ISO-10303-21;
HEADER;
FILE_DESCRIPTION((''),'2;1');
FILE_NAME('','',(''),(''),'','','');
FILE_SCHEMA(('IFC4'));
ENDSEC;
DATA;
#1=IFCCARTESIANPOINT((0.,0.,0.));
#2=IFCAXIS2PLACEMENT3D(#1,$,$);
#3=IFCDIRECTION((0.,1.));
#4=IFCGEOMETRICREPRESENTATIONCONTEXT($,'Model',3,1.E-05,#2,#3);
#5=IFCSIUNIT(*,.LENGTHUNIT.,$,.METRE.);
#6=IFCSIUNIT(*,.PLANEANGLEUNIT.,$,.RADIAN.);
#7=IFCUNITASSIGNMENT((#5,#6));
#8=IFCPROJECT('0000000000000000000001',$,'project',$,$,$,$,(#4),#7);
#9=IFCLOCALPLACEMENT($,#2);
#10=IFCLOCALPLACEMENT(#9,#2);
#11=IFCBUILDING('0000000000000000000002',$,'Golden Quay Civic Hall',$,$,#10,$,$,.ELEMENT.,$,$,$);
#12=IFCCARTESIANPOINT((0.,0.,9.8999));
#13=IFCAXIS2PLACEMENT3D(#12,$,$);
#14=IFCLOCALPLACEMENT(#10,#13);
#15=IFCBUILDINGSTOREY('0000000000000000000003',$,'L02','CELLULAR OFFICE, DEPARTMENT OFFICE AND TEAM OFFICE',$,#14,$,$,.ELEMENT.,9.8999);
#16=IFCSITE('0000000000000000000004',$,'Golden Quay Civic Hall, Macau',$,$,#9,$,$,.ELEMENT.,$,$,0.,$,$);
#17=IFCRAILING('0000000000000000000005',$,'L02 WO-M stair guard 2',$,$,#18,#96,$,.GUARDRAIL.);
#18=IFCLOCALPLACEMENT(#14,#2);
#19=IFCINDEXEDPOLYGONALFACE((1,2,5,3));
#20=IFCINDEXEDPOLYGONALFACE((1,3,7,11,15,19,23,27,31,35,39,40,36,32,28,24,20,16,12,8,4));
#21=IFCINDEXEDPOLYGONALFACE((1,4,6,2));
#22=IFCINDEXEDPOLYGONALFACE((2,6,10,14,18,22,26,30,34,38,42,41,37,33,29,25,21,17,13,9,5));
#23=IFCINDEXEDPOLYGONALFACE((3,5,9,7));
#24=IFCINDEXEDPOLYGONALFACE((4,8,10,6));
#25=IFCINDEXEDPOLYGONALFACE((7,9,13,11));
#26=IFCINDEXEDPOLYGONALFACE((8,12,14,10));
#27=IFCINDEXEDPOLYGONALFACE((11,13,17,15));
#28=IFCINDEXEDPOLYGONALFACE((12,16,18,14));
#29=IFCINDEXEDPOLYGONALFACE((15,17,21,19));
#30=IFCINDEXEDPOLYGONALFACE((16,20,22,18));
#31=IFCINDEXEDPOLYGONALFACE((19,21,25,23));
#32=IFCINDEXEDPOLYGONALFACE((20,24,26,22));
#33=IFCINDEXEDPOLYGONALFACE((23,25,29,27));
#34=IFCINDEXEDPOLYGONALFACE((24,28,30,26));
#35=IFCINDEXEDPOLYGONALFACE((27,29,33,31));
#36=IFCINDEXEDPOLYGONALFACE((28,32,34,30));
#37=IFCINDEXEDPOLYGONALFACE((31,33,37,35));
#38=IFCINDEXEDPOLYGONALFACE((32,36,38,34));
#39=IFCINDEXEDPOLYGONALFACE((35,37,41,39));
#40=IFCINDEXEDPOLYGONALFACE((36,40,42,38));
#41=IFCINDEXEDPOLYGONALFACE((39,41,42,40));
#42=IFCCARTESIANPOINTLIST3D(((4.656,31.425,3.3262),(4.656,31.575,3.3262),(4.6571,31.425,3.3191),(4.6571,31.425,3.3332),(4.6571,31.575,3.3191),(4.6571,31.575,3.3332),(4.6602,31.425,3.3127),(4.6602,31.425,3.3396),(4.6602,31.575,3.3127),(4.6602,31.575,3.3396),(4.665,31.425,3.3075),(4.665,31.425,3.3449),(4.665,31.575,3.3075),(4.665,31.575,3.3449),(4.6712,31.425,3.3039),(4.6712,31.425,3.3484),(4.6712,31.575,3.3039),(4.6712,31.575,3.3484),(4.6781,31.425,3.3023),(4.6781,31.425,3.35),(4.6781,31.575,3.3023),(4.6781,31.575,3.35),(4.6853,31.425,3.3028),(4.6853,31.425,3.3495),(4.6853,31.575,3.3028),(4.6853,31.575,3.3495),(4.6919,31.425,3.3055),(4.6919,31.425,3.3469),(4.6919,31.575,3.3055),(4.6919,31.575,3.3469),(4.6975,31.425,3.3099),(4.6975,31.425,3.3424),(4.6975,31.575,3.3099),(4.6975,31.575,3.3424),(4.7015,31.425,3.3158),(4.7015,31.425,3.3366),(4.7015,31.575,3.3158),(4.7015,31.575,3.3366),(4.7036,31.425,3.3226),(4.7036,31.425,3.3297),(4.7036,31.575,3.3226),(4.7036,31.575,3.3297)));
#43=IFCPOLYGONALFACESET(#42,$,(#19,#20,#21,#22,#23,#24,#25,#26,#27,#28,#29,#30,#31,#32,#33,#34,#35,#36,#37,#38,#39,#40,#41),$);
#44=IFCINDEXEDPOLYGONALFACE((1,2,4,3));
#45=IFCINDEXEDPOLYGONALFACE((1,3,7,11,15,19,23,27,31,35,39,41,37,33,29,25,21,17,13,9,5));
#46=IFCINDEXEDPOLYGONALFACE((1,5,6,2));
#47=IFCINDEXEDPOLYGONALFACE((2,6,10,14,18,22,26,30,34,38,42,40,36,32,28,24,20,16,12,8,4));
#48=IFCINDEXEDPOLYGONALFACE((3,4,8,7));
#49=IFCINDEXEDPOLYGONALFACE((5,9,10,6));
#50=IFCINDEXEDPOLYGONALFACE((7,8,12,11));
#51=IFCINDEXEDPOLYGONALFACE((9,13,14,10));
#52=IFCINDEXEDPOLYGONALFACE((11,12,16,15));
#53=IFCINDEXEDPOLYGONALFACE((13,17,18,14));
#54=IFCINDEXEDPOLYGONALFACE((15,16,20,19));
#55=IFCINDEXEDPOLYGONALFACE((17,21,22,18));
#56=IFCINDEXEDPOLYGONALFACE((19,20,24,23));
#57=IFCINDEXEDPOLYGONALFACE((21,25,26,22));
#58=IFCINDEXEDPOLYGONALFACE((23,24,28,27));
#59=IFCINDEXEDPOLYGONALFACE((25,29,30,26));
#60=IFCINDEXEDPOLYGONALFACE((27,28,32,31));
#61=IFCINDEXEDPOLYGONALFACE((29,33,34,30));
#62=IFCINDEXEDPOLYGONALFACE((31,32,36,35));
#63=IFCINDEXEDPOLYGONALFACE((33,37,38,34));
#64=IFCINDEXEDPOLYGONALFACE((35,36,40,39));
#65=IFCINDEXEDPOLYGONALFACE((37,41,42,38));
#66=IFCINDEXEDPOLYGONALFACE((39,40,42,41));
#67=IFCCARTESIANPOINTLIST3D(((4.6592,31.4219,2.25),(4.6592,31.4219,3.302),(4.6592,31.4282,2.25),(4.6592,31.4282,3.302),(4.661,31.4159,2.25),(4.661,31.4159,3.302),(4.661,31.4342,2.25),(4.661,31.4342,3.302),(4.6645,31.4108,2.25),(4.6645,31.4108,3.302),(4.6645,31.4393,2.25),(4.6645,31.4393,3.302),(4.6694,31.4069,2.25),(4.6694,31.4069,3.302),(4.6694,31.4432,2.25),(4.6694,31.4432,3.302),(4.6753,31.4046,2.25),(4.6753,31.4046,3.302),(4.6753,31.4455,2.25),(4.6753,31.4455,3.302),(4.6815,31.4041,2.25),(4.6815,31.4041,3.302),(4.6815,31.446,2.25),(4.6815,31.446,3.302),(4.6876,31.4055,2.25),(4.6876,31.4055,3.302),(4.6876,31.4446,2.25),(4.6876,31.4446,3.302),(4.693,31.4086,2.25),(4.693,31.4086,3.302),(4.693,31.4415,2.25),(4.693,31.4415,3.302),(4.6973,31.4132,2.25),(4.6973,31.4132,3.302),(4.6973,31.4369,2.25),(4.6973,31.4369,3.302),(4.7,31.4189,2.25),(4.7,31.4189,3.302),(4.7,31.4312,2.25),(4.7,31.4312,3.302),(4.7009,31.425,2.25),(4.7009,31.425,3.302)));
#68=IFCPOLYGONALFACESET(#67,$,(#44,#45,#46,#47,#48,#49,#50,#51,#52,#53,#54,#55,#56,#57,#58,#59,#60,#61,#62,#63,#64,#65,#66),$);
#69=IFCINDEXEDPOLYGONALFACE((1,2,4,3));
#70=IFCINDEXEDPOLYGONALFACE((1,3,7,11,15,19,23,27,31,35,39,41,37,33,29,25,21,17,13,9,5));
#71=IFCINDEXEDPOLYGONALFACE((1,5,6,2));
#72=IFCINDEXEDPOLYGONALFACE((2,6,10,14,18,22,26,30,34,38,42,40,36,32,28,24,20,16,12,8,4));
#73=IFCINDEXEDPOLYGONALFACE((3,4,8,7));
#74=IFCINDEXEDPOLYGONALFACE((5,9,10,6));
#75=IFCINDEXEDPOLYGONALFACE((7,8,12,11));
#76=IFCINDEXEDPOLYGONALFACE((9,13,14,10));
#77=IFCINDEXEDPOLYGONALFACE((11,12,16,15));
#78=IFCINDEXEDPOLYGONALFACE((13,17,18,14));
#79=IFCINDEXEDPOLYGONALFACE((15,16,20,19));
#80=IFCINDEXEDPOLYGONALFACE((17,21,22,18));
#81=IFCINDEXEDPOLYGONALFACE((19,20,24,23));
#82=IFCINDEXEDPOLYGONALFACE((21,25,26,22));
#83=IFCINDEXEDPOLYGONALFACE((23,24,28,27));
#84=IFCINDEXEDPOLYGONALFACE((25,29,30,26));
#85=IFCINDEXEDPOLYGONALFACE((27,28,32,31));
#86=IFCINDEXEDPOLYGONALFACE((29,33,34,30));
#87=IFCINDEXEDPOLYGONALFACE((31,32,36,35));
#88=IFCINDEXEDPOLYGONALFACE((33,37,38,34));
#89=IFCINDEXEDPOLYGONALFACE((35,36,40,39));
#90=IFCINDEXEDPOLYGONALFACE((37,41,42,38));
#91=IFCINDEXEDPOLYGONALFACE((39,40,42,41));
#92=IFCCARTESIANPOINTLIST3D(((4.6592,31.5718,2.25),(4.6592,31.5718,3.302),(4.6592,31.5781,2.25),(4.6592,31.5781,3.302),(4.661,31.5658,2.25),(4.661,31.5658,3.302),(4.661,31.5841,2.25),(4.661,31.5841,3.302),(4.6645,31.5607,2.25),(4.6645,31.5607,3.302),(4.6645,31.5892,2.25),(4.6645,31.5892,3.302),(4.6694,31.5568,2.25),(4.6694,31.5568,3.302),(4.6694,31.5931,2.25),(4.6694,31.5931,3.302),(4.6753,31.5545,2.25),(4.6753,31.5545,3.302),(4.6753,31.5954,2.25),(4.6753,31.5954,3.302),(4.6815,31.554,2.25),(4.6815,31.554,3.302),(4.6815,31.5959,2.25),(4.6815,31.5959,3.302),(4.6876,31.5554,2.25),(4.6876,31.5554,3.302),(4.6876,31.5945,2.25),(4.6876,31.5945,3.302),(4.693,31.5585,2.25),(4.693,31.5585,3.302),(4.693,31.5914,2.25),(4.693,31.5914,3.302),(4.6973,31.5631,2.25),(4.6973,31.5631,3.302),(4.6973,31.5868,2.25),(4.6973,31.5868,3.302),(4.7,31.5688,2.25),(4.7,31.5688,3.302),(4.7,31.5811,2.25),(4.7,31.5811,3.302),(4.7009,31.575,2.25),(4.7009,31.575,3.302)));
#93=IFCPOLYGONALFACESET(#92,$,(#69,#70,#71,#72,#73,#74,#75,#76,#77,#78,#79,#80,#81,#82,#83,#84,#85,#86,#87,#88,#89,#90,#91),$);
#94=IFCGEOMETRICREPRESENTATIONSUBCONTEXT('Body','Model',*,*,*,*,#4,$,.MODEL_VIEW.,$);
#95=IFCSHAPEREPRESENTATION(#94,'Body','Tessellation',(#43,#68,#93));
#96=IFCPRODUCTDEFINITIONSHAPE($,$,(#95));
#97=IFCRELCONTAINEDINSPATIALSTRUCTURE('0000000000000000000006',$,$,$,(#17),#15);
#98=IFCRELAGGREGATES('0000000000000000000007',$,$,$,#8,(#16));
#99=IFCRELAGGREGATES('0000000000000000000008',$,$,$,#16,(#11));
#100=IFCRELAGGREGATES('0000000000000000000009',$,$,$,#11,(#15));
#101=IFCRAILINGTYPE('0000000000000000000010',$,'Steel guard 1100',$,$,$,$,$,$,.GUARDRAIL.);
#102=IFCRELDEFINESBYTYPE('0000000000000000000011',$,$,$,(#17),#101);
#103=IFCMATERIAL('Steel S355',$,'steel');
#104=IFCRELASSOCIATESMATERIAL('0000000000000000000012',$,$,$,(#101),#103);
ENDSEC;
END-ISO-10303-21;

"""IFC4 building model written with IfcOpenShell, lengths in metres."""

from ifc_helpers import new_model, si_unit, direction, frame, origin, origin_2d, place, context, subcontext, project, spatial, circle, extrude, material, type_object, element, save


model = new_model("IFC4")

# Units and contexts
model_context = context("Model", 3, precision=1e-05, world=origin(), true_north=direction((0.0, 1.0)))
body_context = subcontext(model_context, "Body", "Model", "MODEL_VIEW")
ifc_project = project(units=[si_unit("LENGTHUNIT", "METRE"), si_unit("PLANEANGLEUNIT", "RADIAN")], contexts=[model_context])

# Site, building, storey
site_placement = place(None, origin())
site = spatial("IfcSite", under=ifc_project, at=site_placement, Name="Golden Quay Civic Hall, Macau", CompositionType="ELEMENT", RefElevation=0.0)
building_placement = place(site_placement, origin())
building = spatial("IfcBuilding", under=site, at=building_placement, Name="Golden Quay Civic Hall", CompositionType="ELEMENT")
storey_placement = place(building_placement, frame((0.0, 0.0, 9.8999)))
storey = spatial("IfcBuildingStorey", under=building, at=storey_placement, Name="L02", Description="CELLULAR OFFICE, DEPARTMENT OFFICE AND TEAM OFFICE", CompositionType="ELEMENT", Elevation=9.8999)

# Railing
ifc_material_1 = material(Name="Steel S355", Category="steel")
railing_type_1 = type_object("IfcRailingType", Name="Steel guard 1100", PredefinedType="GUARDRAIL", material=ifc_material_1)
railing_1_placement = place(storey_placement, frame((4.6799, 31.425, 2.25)))
element("IfcRailing", 1, at=railing_1_placement, inside=storey, type_object=railing_type_1, Name="L02 WO-M stair guard 2", PredefinedType="GUARDRAIL", context=body_context, shape_type="SweptSolid", body=[
    extrude(circle(Radius=0.0239, at=origin_2d()), frame((0.0, 0.0, 1.0762), z_axis=(0.0, 1.0, 0.0), x_axis=(-1.0, 0.0, 0.0)), (0.0, 0.0, 1.0), 0.1499),
    extrude(circle(Radius=0.021, at=origin_2d()), origin(), (0.0, 0.0, 1.0), 1.052),
    extrude(circle(Radius=0.021, at=origin_2d()), frame((0.0, 0.1499, 0.0)), (0.0, 0.0, 1.0), 1.052),
])

save(model, "model.ifc")
